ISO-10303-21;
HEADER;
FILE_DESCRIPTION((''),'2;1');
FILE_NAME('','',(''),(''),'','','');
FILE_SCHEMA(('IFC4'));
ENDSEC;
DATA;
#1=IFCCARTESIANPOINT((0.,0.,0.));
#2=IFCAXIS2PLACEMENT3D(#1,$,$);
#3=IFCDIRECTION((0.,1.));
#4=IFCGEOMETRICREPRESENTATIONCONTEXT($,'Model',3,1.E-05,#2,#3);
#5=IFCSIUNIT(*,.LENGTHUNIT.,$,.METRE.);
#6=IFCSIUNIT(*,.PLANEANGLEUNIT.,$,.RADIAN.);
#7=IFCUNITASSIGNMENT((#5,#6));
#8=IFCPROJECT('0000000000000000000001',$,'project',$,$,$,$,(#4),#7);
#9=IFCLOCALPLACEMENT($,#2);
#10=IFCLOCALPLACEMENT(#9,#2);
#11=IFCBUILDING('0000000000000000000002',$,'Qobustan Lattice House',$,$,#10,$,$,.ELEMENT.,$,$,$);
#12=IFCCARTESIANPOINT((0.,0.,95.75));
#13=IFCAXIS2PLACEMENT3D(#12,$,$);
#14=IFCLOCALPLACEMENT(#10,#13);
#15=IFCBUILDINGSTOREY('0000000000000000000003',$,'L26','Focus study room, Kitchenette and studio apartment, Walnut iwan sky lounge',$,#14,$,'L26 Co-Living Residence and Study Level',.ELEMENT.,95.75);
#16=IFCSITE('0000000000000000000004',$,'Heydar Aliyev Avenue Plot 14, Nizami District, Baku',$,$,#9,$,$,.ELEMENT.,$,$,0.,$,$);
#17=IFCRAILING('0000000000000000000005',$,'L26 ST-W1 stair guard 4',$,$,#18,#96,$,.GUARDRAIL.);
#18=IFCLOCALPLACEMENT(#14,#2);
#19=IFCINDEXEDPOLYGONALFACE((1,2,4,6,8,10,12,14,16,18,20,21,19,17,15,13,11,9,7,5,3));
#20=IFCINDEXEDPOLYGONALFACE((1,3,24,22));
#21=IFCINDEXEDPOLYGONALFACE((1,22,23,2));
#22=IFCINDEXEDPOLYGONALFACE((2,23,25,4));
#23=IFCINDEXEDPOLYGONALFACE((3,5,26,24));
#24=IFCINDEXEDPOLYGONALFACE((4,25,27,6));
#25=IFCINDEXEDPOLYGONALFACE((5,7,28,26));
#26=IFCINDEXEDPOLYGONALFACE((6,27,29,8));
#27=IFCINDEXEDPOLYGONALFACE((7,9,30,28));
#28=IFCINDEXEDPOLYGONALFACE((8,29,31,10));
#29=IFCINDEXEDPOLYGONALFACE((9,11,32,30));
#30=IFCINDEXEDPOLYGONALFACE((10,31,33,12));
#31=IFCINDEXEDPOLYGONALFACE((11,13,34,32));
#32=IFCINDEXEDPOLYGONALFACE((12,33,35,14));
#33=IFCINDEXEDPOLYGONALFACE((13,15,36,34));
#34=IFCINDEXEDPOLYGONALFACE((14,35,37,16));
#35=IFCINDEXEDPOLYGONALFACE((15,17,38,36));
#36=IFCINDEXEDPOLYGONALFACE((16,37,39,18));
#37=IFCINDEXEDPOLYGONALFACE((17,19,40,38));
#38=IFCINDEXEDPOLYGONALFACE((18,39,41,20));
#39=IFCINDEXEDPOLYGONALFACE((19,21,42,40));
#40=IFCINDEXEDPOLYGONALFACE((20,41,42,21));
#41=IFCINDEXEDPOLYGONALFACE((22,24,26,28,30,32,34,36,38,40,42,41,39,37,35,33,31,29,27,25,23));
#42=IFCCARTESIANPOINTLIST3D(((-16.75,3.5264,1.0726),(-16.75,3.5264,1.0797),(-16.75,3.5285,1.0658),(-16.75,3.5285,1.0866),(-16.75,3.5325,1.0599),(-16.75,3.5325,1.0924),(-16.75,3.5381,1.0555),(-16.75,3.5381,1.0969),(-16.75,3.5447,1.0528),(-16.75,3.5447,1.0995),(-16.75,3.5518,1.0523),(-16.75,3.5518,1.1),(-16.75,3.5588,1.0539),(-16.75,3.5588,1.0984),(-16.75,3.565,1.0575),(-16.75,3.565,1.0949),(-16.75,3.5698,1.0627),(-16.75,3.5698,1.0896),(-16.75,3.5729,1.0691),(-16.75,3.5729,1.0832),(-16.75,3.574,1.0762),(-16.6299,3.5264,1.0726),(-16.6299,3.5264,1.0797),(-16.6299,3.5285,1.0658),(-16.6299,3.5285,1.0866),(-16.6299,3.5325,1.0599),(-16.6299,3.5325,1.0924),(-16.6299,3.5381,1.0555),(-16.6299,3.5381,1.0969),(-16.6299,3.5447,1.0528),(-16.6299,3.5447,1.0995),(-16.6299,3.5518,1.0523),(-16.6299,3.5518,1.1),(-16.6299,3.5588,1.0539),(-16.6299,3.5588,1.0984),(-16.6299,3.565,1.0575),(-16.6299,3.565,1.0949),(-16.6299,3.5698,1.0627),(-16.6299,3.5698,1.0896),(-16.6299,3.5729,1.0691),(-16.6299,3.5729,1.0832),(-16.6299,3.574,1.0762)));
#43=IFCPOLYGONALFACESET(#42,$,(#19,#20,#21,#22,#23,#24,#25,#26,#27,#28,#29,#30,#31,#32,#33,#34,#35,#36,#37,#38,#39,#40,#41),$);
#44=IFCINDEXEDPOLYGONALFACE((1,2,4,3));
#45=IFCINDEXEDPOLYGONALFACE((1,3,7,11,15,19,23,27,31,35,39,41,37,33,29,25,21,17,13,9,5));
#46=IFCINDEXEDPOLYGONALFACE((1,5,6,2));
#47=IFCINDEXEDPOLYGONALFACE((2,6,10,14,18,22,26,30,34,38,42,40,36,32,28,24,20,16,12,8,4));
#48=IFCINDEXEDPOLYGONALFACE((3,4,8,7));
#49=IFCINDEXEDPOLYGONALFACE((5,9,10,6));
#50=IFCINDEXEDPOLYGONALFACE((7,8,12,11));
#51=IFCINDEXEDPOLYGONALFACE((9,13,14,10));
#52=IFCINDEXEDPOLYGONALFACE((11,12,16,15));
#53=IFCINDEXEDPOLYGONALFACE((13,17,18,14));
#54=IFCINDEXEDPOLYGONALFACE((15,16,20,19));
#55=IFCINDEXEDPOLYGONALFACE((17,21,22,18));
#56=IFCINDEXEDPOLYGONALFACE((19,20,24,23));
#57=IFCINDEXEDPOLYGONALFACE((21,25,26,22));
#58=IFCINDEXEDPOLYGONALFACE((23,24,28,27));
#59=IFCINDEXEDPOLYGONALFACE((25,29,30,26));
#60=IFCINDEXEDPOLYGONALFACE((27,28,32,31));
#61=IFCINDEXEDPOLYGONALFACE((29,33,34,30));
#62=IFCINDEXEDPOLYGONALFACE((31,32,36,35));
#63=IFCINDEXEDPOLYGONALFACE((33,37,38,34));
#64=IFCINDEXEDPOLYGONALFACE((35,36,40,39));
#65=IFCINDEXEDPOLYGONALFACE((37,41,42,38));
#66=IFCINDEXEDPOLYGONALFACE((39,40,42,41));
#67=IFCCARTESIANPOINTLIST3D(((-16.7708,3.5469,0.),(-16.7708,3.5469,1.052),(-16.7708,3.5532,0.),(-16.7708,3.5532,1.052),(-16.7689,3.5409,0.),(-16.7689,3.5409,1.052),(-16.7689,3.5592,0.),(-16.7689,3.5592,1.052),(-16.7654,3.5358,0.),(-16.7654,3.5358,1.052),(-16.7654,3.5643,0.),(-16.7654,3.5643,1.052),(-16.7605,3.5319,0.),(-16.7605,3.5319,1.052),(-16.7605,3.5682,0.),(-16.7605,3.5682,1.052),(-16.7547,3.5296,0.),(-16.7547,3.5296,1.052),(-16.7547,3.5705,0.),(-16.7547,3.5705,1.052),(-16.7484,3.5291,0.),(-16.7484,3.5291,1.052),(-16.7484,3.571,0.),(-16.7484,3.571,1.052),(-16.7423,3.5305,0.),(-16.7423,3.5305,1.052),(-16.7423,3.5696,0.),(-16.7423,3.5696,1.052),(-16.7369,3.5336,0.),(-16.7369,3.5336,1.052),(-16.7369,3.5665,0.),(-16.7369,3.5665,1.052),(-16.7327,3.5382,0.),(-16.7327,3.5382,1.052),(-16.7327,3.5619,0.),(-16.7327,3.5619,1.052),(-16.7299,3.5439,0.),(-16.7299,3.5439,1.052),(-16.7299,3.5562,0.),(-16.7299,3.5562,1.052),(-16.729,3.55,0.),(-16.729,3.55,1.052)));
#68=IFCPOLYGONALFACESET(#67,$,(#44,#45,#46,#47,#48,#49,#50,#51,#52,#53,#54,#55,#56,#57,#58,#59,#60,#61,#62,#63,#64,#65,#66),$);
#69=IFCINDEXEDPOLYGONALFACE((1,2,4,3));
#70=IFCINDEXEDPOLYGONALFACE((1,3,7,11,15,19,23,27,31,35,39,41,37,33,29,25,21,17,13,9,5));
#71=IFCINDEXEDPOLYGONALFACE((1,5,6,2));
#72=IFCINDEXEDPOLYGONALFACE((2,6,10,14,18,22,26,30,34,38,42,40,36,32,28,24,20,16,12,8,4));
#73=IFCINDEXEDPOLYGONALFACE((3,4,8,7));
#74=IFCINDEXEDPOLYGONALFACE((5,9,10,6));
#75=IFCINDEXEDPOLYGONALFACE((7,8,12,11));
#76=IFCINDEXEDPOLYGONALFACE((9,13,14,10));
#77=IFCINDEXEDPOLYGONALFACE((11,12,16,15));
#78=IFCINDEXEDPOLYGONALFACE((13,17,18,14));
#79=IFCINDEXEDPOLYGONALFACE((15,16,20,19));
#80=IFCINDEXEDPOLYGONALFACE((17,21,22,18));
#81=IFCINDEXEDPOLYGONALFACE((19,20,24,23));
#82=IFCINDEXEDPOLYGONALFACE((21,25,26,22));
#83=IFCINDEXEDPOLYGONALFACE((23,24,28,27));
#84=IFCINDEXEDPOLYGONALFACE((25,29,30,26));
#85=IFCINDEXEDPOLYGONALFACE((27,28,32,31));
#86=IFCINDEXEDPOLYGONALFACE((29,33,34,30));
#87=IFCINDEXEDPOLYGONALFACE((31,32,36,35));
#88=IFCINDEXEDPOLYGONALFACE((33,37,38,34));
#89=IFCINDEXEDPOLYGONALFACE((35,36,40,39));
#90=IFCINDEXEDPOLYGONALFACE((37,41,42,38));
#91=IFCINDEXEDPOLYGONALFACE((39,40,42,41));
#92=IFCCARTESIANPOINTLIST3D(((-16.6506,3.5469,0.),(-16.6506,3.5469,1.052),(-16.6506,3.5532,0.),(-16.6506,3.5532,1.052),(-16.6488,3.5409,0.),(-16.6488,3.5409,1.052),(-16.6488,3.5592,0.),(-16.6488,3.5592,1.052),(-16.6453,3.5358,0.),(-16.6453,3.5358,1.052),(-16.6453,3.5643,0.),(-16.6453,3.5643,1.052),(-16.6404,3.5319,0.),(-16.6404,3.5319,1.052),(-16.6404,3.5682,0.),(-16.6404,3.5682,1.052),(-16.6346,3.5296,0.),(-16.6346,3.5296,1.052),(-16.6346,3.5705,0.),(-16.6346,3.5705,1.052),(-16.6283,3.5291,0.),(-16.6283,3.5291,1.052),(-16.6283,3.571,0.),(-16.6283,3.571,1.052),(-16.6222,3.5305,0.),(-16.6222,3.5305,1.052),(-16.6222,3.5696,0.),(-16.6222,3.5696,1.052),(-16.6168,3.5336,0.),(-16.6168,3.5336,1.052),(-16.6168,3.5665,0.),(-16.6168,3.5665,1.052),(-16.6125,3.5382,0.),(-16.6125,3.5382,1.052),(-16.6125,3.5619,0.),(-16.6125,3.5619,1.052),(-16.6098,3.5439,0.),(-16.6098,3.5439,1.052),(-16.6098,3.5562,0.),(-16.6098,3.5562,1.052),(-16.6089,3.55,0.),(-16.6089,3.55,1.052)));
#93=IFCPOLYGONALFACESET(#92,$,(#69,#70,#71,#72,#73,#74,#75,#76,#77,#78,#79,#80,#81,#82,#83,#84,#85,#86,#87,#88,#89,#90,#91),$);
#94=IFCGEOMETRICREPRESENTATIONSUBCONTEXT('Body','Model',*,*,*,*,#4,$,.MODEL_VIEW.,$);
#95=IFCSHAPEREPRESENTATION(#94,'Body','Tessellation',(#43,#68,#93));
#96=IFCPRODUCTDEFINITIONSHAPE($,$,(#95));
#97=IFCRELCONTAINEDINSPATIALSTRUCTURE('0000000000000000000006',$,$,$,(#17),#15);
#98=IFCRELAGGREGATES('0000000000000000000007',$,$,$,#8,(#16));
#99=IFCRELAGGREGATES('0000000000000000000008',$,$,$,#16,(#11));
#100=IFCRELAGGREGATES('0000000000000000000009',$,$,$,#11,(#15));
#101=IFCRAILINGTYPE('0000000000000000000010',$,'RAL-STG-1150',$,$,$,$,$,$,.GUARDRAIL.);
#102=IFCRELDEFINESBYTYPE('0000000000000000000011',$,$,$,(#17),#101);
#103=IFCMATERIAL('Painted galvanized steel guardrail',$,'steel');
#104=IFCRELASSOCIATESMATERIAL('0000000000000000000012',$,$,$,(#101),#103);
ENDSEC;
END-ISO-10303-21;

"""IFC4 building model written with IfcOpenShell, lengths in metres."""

from ifc_helpers import new_model, si_unit, direction, frame, origin, origin_2d, place, context, subcontext, project, spatial, circle, extrude, material, type_object, element, save


model = new_model("IFC4")

# Units and contexts
model_context = context("Model", 3, precision=1e-05, world=origin(), true_north=direction((0.0, 1.0)))
body_context = subcontext(model_context, "Body", "Model", "MODEL_VIEW")
ifc_project = project(units=[si_unit("LENGTHUNIT", "METRE"), si_unit("PLANEANGLEUNIT", "RADIAN")], contexts=[model_context])

# Site, building, storey
site_placement = place(None, origin())
site = spatial("IfcSite", under=ifc_project, at=site_placement, Name="Heydar Aliyev Avenue Plot 14, Nizami District, Baku", CompositionType="ELEMENT", RefElevation=0.0)
building_placement = place(site_placement, origin())
building = spatial("IfcBuilding", under=site, at=building_placement, Name="Qobustan Lattice House", CompositionType="ELEMENT")
storey_placement = place(building_placement, frame((0.0, 0.0, 95.75)))
storey = spatial("IfcBuildingStorey", under=building, at=storey_placement, Name="L26", Description="Focus study room, Kitchenette and studio apartment, Walnut iwan sky lounge", LongName="L26 Co-Living Residence and Study Level", CompositionType="ELEMENT", Elevation=95.75)

# Railing
ifc_material_1 = material(Name="Painted galvanized steel guardrail", Category="steel")
railing_type_1 = type_object("IfcRailingType", Name="RAL-STG-1150", PredefinedType="GUARDRAIL", material=ifc_material_1)
railing_1_placement = place(storey_placement, frame((-16.75, 3.55, 0.0)))
element("IfcRailing", 1, at=railing_1_placement, inside=storey, type_object=railing_type_1, Name="L26 ST-W1 stair guard 4", PredefinedType="GUARDRAIL", context=body_context, shape_type="SweptSolid", body=[
    extrude(circle(Radius=0.0239, at=origin_2d()), frame((0.0, 0.0, 1.0762), z_axis=(1.0, 0.0, 0.0), x_axis=(0.0, 1.0, 0.0)), (0.0, 0.0, 1.0), 0.1201),
    extrude(circle(Radius=0.021, at=origin_2d()), origin(), (0.0, 0.0, 1.0), 1.052),
    extrude(circle(Radius=0.021, at=origin_2d()), frame((0.1201, 0.0, 0.0)), (0.0, 0.0, 1.0), 1.052),
])

save(model, "model.ifc")
